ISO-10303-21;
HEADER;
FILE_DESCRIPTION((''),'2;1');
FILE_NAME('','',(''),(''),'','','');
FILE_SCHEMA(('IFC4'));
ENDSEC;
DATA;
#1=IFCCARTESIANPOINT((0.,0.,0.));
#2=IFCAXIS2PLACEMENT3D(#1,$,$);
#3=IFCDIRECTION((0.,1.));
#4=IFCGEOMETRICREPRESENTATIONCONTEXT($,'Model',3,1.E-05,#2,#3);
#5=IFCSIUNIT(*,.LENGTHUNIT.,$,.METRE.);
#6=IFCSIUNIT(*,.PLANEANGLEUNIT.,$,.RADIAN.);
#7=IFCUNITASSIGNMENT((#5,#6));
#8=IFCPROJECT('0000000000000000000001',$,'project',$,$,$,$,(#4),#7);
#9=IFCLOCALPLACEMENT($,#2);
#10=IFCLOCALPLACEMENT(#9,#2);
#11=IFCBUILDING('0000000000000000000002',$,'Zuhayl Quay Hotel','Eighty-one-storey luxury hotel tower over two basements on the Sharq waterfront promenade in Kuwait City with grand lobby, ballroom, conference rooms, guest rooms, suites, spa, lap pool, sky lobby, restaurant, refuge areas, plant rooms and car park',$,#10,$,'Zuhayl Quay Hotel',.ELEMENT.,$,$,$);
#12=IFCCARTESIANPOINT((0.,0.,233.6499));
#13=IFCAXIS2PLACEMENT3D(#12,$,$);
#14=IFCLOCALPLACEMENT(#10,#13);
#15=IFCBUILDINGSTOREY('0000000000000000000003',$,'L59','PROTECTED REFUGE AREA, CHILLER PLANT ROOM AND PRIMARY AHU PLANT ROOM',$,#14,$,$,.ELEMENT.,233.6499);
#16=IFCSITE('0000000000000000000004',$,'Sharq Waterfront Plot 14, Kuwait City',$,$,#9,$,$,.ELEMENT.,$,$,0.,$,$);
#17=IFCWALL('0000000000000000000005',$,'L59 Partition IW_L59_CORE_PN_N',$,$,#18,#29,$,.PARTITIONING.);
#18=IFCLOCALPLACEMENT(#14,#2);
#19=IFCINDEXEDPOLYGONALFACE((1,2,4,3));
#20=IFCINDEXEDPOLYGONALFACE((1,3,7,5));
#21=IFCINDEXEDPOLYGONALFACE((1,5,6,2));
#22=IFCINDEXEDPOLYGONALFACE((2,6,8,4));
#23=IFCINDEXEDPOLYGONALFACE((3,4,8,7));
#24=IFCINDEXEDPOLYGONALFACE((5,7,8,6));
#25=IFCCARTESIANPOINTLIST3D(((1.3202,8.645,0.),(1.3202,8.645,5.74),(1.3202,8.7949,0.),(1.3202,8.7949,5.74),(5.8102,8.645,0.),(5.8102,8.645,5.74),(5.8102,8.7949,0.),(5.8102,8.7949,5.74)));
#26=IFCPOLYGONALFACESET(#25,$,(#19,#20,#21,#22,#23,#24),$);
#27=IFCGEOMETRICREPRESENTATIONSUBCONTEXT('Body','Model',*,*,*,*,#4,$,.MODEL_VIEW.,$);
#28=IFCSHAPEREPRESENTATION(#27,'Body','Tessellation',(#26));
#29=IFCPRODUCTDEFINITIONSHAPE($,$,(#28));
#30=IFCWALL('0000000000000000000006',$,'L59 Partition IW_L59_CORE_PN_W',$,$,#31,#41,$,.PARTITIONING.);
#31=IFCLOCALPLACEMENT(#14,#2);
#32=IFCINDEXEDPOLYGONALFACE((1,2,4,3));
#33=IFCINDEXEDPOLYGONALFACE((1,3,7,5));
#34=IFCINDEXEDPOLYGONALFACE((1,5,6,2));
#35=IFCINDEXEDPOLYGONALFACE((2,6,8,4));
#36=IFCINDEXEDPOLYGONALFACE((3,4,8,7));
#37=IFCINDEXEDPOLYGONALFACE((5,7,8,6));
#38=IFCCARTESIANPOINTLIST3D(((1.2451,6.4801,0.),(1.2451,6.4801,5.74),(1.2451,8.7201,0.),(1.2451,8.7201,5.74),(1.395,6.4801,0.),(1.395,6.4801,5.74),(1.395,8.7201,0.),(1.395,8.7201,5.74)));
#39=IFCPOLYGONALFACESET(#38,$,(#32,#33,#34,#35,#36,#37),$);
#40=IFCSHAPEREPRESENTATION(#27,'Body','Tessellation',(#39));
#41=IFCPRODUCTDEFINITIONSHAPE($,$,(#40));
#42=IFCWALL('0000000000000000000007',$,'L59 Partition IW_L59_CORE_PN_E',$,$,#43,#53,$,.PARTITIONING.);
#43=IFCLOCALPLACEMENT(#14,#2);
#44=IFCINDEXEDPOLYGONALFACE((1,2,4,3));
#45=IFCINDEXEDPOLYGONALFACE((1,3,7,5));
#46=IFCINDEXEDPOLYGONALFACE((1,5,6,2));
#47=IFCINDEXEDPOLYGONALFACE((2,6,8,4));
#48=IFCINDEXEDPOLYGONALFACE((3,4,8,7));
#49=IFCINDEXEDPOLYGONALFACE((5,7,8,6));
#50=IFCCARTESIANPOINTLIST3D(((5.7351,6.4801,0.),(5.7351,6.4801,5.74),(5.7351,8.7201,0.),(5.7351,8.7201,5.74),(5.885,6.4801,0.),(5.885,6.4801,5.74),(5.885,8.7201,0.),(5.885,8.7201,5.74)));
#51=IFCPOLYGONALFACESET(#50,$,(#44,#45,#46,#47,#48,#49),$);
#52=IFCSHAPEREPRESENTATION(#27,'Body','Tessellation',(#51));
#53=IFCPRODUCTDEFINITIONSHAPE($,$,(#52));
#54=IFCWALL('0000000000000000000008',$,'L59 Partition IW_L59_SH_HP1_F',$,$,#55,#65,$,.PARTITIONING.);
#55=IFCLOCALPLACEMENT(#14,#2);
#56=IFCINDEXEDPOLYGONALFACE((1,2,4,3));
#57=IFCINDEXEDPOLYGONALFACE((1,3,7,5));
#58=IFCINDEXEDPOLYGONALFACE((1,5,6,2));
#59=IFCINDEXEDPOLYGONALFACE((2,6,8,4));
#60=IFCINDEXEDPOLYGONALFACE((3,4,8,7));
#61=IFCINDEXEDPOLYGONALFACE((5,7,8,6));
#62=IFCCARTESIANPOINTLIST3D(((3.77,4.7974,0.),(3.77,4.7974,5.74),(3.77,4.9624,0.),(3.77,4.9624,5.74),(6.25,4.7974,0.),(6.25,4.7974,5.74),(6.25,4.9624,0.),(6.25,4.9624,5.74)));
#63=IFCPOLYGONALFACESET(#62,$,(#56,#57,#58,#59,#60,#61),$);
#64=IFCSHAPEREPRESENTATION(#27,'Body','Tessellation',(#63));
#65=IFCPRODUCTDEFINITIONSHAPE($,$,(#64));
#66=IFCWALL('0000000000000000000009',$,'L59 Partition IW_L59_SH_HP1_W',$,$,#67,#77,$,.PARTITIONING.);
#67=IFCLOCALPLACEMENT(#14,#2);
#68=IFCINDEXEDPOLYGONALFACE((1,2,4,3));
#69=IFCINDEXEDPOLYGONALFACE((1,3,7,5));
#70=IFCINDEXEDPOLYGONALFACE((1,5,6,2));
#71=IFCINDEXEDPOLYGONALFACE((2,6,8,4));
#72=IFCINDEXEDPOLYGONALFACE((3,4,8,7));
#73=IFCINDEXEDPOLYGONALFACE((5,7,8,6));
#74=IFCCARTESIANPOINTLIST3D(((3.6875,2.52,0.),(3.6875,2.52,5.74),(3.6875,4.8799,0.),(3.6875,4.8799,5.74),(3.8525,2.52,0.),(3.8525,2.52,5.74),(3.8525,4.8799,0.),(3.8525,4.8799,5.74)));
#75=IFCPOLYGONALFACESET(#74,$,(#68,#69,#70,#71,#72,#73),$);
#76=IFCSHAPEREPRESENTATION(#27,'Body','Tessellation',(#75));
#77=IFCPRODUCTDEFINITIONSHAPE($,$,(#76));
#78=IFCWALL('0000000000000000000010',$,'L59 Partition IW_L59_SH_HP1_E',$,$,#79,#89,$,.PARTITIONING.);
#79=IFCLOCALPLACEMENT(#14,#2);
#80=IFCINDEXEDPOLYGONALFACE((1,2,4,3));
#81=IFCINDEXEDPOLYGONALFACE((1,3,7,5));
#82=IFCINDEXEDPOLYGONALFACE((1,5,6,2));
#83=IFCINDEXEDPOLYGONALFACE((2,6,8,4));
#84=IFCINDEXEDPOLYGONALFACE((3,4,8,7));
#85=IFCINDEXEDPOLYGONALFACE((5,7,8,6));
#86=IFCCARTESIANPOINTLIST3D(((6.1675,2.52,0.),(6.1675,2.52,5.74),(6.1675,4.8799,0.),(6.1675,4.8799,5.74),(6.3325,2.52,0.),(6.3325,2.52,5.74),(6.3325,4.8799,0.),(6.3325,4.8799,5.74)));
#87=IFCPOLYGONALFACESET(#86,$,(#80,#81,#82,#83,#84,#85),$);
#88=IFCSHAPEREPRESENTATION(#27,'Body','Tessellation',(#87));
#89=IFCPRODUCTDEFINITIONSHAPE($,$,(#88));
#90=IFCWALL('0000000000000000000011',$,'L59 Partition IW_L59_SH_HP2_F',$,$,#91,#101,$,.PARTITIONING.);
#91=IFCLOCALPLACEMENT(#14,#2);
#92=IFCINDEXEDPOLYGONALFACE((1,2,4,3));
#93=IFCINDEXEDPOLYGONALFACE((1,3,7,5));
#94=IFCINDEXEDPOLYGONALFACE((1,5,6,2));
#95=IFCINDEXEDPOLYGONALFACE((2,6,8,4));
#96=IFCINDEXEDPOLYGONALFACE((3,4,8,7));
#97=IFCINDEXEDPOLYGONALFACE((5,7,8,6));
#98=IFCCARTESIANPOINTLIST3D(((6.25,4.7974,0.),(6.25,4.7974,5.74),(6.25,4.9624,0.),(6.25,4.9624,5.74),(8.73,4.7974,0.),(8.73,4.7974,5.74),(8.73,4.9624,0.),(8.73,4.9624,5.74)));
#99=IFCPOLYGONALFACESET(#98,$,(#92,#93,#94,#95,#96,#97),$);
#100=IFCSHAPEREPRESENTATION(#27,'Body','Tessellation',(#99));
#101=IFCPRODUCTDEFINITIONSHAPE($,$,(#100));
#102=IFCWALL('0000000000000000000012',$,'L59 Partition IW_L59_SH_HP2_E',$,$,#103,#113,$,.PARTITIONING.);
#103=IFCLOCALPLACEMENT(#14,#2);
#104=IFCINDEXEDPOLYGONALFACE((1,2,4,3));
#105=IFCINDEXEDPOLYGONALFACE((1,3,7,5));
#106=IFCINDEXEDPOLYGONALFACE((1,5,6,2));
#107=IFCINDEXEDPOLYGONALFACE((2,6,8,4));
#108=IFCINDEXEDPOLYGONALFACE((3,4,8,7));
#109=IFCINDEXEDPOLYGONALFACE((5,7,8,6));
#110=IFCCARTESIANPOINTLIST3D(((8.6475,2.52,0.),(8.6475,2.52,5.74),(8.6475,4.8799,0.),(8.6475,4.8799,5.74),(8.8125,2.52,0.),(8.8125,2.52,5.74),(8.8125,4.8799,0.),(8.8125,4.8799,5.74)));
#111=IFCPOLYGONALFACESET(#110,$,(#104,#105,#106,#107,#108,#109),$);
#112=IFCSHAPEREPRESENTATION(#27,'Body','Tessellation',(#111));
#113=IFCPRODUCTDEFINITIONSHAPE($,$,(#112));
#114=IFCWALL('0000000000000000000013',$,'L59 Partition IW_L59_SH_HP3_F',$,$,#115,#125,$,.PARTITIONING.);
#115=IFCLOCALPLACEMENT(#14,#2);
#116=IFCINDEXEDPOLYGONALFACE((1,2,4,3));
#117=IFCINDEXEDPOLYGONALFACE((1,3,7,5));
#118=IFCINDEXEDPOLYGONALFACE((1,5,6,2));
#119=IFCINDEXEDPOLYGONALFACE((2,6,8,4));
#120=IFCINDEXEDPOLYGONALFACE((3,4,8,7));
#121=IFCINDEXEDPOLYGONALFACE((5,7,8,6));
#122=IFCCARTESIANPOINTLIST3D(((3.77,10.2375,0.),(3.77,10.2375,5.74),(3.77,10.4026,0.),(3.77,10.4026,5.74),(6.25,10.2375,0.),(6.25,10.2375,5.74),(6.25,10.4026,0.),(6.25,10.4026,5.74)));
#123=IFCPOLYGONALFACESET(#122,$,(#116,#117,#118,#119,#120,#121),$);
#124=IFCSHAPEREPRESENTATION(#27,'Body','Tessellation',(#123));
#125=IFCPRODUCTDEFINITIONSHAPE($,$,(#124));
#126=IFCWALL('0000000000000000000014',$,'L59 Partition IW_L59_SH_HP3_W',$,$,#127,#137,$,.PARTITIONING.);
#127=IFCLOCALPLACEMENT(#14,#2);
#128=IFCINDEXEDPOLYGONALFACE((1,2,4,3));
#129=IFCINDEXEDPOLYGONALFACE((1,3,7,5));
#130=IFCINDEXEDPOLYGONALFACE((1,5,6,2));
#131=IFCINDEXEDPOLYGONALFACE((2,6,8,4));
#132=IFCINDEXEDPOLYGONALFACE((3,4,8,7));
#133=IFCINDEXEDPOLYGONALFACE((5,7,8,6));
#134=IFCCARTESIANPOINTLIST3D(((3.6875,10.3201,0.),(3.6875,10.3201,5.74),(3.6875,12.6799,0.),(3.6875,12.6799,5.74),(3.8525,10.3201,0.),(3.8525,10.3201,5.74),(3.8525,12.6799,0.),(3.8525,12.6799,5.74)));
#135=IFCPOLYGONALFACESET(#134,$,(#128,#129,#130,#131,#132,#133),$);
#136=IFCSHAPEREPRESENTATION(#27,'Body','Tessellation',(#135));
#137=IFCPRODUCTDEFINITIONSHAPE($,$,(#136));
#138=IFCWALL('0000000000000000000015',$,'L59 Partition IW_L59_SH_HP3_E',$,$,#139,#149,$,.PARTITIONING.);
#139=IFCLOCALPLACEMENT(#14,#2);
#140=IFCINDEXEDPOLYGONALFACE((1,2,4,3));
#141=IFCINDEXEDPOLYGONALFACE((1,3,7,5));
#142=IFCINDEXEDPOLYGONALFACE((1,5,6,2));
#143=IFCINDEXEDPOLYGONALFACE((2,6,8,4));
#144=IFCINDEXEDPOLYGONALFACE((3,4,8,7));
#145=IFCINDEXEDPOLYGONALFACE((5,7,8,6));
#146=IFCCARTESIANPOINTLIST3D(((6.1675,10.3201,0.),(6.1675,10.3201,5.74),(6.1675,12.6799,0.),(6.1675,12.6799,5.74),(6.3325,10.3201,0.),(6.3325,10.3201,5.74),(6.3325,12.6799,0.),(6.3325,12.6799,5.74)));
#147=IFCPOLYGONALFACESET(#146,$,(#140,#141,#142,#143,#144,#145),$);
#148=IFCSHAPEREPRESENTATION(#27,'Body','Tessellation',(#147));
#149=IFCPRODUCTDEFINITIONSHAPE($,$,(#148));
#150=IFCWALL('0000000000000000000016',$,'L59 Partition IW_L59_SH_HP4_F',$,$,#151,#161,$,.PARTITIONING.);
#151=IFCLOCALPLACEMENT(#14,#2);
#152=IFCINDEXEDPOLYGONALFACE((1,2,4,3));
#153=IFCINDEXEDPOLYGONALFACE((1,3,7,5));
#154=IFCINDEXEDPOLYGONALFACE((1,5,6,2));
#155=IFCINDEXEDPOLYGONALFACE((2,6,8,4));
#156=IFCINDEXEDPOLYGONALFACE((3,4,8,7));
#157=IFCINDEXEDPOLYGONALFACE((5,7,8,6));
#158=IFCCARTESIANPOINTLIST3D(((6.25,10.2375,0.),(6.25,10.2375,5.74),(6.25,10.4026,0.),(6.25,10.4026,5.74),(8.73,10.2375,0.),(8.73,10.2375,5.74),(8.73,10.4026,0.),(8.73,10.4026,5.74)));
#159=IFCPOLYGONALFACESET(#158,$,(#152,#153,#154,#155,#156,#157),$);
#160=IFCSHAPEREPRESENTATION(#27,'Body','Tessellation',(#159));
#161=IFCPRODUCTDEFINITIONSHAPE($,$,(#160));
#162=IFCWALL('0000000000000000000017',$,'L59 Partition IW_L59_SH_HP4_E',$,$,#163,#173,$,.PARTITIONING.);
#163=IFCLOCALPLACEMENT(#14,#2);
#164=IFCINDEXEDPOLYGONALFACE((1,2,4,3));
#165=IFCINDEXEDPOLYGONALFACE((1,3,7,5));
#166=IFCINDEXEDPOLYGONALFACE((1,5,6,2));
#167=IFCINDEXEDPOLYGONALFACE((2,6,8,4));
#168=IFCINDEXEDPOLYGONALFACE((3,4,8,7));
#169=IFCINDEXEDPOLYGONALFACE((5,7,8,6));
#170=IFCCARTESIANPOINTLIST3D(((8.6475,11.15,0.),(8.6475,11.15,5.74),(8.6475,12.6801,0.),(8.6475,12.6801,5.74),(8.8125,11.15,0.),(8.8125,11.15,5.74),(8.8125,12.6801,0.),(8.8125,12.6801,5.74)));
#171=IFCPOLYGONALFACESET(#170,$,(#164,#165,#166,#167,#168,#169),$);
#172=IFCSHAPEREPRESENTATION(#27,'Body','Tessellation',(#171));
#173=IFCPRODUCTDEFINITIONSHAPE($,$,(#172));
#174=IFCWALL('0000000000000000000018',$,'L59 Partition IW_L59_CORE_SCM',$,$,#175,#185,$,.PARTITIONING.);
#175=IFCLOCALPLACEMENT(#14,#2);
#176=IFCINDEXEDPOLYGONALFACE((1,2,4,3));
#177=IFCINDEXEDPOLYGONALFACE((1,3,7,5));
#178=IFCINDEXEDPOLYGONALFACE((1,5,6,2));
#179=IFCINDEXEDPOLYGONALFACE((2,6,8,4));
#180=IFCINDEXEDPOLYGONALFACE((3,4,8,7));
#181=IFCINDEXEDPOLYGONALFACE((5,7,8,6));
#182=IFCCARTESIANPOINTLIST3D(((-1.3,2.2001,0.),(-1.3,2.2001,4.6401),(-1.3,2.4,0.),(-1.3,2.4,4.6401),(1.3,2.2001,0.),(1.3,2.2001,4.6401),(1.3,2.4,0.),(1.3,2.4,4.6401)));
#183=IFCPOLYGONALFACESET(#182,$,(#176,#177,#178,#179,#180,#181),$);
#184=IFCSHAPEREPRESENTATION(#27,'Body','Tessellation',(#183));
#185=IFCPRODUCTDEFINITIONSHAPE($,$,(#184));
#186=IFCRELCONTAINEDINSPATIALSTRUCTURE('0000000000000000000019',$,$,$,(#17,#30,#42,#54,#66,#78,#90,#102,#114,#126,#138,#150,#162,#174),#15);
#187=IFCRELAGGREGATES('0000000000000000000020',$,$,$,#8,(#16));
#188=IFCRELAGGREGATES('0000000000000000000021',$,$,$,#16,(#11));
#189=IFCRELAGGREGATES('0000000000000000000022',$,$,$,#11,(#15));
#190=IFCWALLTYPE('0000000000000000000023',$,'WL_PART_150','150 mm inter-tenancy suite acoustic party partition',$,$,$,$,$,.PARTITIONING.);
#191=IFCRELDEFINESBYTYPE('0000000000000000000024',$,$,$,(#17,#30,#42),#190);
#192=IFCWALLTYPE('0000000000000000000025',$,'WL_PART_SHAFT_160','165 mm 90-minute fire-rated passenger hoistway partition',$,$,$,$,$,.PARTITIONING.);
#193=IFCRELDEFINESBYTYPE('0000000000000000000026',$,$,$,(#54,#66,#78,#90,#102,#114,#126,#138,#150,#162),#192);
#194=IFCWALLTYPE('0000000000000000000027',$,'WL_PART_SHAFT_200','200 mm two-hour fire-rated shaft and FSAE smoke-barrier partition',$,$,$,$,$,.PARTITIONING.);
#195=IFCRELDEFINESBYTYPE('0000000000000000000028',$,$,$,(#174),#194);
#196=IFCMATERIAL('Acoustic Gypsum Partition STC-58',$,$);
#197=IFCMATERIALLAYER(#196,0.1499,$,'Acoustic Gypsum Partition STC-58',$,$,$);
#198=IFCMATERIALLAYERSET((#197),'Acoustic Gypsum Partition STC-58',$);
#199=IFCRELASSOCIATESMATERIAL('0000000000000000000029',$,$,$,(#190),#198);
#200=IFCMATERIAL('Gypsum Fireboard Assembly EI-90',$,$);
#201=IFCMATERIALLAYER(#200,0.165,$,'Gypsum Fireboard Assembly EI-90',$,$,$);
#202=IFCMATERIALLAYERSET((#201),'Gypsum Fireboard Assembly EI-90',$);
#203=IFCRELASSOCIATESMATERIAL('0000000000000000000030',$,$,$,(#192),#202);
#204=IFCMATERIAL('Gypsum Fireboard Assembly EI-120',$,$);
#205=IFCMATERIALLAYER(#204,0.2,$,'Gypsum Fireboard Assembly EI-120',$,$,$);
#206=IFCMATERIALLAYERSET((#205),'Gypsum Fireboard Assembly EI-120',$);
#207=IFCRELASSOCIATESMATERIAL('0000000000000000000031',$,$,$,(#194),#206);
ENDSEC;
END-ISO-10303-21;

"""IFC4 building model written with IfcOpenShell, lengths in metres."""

from ifc_helpers import new_model, si_unit, direction, frame, frame_2d, origin, place, context, subcontext, project, spatial, rectangle, extrude, material, layer, layer_set, type_object, element, save


model = new_model("IFC4")

# Units and contexts
model_context = context("Model", 3, precision=1e-05, world=origin(), true_north=direction((0.0, 1.0)))
body_context = subcontext(model_context, "Body", "Model", "MODEL_VIEW")
ifc_project = project(units=[si_unit("LENGTHUNIT", "METRE"), si_unit("PLANEANGLEUNIT", "RADIAN")], contexts=[model_context])

# Site, building, storey
site_placement = place(None, origin())
site = spatial("IfcSite", under=ifc_project, at=site_placement, Name="Sharq Waterfront Plot 14, Kuwait City", CompositionType="ELEMENT", RefElevation=0.0)
building_placement = place(site_placement, origin())
building = spatial("IfcBuilding", under=site, at=building_placement, Name="Zuhayl Quay Hotel", Description="Eighty-one-storey luxury hotel tower over two basements on the Sharq waterfront promenade in Kuwait City with grand lobby, ballroom, conference rooms, guest rooms, suites, spa, lap pool, sky lobby, restaurant, refuge areas, plant rooms and car park", LongName="Zuhayl Quay Hotel", CompositionType="ELEMENT")
storey_placement = place(building_placement, frame((0.0, 0.0, 233.6499)))
storey = spatial("IfcBuildingStorey", under=building, at=storey_placement, Name="L59", Description="PROTECTED REFUGE AREA, CHILLER PLANT ROOM AND PRIMARY AHU PLANT ROOM", CompositionType="ELEMENT", Elevation=233.6499)

# Shared definitions
ifc_material_1 = material(Name="Acoustic Gypsum Partition STC-58")
ifc_layer_1 = layer(ifc_material_1, 0.1499, Name="Acoustic Gypsum Partition STC-58")
ifc_layer_set_1 = layer_set([ifc_layer_1], Name="Acoustic Gypsum Partition STC-58")
wall_type_1 = type_object("IfcWallType", Name="WL_PART_150", Description="150 mm inter-tenancy suite acoustic party partition", PredefinedType="PARTITIONING", material=ifc_layer_set_1)

# Walls
wall_1_placement = place(storey_placement, frame((1.3201, 8.72, 0.0), z_axis=(0.0, 0.0, 1.0), x_axis=(1.0, 0.0, 0.0)))
element("IfcWall", 1, at=wall_1_placement, inside=storey, type_object=wall_type_1, Name="L59 Partition IW_L59_CORE_PN_N", PredefinedType="PARTITIONING", context=body_context, shape_type="SweptSolid", body=[
    extrude(rectangle(XDim=4.49, YDim=0.1499, at=frame_2d((2.2451, 0.0))), origin(), (0.0, 0.0, 1.0), 5.74),
])
for number, where, z_axis, x_axis, name in (
    (2, (1.3201, 6.48, 0.0), (0.0, 0.0, 1.0), (0.0, 1.0, 0.0), "L59 Partition IW_L59_CORE_PN_W"),
    (3, (5.8101, 6.48, 0.0), (0.0, 0.0, 1.0), (0.0, 1.0, 0.0), "L59 Partition IW_L59_CORE_PN_E"),
):
    element("IfcWall", number, at=place(storey_placement, frame(where, z_axis=z_axis, x_axis=x_axis)), inside=storey, type_object=wall_type_1, Name=name, PredefinedType="PARTITIONING", context=body_context, shape_type="SweptSolid", body=[
        extrude(rectangle(XDim=2.24, YDim=0.1499, at=frame_2d((1.1201, 0.0))), origin(), (0.0, 0.0, 1.0), 5.74),
    ])
ifc_material_2 = material(Name="Gypsum Fireboard Assembly EI-90")
ifc_layer_2 = layer(ifc_material_2, 0.165, Name="Gypsum Fireboard Assembly EI-90")
ifc_layer_set_2 = layer_set([ifc_layer_2], Name="Gypsum Fireboard Assembly EI-90")
wall_type_2 = type_object("IfcWallType", Name="WL_PART_SHAFT_160", Description="165 mm 90-minute fire-rated passenger hoistway partition", PredefinedType="PARTITIONING", material=ifc_layer_set_2)
wall_2_placement = place(storey_placement, frame((3.77, 4.8799, 0.0), z_axis=(0.0, 0.0, 1.0), x_axis=(1.0, 0.0, 0.0)))
element("IfcWall", 4, at=wall_2_placement, inside=storey, type_object=wall_type_2, Name="L59 Partition IW_L59_SH_HP1_F", PredefinedType="PARTITIONING", context=body_context, shape_type="SweptSolid", body=[
    extrude(rectangle(XDim=2.48, YDim=0.165, at=frame_2d((1.24, 0.0))), origin(), (0.0, 0.0, 1.0), 5.74),
])
for number, where, z_axis, x_axis, name in (
    (5, (3.77, 2.52, 0.0), (0.0, 0.0, 1.0), (0.0, 1.0, 0.0), "L59 Partition IW_L59_SH_HP1_W"),
    (6, (6.25, 2.52, 0.0), (0.0, 0.0, 1.0), (0.0, 1.0, 0.0), "L59 Partition IW_L59_SH_HP1_E"),
):
    element("IfcWall", number, at=place(storey_placement, frame(where, z_axis=z_axis, x_axis=x_axis)), inside=storey, type_object=wall_type_2, Name=name, PredefinedType="PARTITIONING", context=body_context, shape_type="SweptSolid", body=[
        extrude(rectangle(XDim=2.3599, YDim=0.165, at=frame_2d((1.1799, 0.0))), origin(), (0.0, 0.0, 1.0), 5.74),
    ])
wall_3_placement = place(storey_placement, frame((6.25, 4.8799, 0.0), z_axis=(0.0, 0.0, 1.0), x_axis=(1.0, 0.0, 0.0)))
element("IfcWall", 7, at=wall_3_placement, inside=storey, type_object=wall_type_2, Name="L59 Partition IW_L59_SH_HP2_F", PredefinedType="PARTITIONING", context=body_context, shape_type="SweptSolid", body=[
    extrude(rectangle(XDim=2.48, YDim=0.165, at=frame_2d((1.24, 0.0))), origin(), (0.0, 0.0, 1.0), 5.74),
])
wall_4_placement = place(storey_placement, frame((8.73, 2.52, 0.0), z_axis=(0.0, 0.0, 1.0), x_axis=(0.0, 1.0, 0.0)))
element("IfcWall", 8, at=wall_4_placement, inside=storey, type_object=wall_type_2, Name="L59 Partition IW_L59_SH_HP2_E", PredefinedType="PARTITIONING", context=body_context, shape_type="SweptSolid", body=[
    extrude(rectangle(XDim=2.3599, YDim=0.165, at=frame_2d((1.1799, 0.0))), origin(), (0.0, 0.0, 1.0), 5.74),
])
wall_5_placement = place(storey_placement, frame((3.77, 10.3201, 0.0), z_axis=(0.0, 0.0, 1.0), x_axis=(1.0, 0.0, 0.0)))
element("IfcWall", 9, at=wall_5_placement, inside=storey, type_object=wall_type_2, Name="L59 Partition IW_L59_SH_HP3_F", PredefinedType="PARTITIONING", context=body_context, shape_type="SweptSolid", body=[
    extrude(rectangle(XDim=2.48, YDim=0.165, at=frame_2d((1.24, 0.0))), origin(), (0.0, 0.0, 1.0), 5.74),
])
for number, where, z_axis, x_axis, name in (
    (10, (3.77, 10.3201, 0.0), (0.0, 0.0, 1.0), (0.0, 1.0, 0.0), "L59 Partition IW_L59_SH_HP3_W"),
    (11, (6.25, 10.3201, 0.0), (0.0, 0.0, 1.0), (0.0, 1.0, 0.0), "L59 Partition IW_L59_SH_HP3_E"),
):
    element("IfcWall", number, at=place(storey_placement, frame(where, z_axis=z_axis, x_axis=x_axis)), inside=storey, type_object=wall_type_2, Name=name, PredefinedType="PARTITIONING", context=body_context, shape_type="SweptSolid", body=[
        extrude(rectangle(XDim=2.3599, YDim=0.165, at=frame_2d((1.1799, 0.0))), origin(), (0.0, 0.0, 1.0), 5.74),
    ])
wall_6_placement = place(storey_placement, frame((6.25, 10.3201, 0.0), z_axis=(0.0, 0.0, 1.0), x_axis=(1.0, 0.0, 0.0)))
element("IfcWall", 12, at=wall_6_placement, inside=storey, type_object=wall_type_2, Name="L59 Partition IW_L59_SH_HP4_F", PredefinedType="PARTITIONING", context=body_context, shape_type="SweptSolid", body=[
    extrude(rectangle(XDim=2.48, YDim=0.165, at=frame_2d((1.24, 0.0))), origin(), (0.0, 0.0, 1.0), 5.74),
])
wall_7_placement = place(storey_placement, frame((8.73, 11.1499, 0.0), z_axis=(0.0, 0.0, 1.0), x_axis=(0.0, 1.0, 0.0)))
element("IfcWall", 13, at=wall_7_placement, inside=storey, type_object=wall_type_2, Name="L59 Partition IW_L59_SH_HP4_E", PredefinedType="PARTITIONING", context=body_context, shape_type="SweptSolid", body=[
    extrude(rectangle(XDim=1.53, YDim=0.165, at=frame_2d((0.7651, 0.0))), origin(), (0.0, 0.0, 1.0), 5.74),
])
ifc_material_3 = material(Name="Gypsum Fireboard Assembly EI-120")
ifc_layer_3 = layer(ifc_material_3, 0.2, Name="Gypsum Fireboard Assembly EI-120")
ifc_layer_set_3 = layer_set([ifc_layer_3], Name="Gypsum Fireboard Assembly EI-120")
wall_type_3 = type_object("IfcWallType", Name="WL_PART_SHAFT_200", Description="200 mm two-hour fire-rated shaft and FSAE smoke-barrier partition", PredefinedType="PARTITIONING", material=ifc_layer_set_3)
wall_8_placement = place(storey_placement, frame((-1.3, 2.3, 0.0), z_axis=(0.0, 0.0, 1.0), x_axis=(1.0, 0.0, 0.0)))
element("IfcWall", 14, at=wall_8_placement, inside=storey, type_object=wall_type_3, Name="L59 Partition IW_L59_CORE_SCM", PredefinedType="PARTITIONING", context=body_context, shape_type="SweptSolid", body=[
    extrude(rectangle(XDim=2.6001, YDim=0.2, at=frame_2d((1.3, 0.0))), origin(), (0.0, 0.0, 1.0), 4.6401),
])

save(model, "model.ifc")
